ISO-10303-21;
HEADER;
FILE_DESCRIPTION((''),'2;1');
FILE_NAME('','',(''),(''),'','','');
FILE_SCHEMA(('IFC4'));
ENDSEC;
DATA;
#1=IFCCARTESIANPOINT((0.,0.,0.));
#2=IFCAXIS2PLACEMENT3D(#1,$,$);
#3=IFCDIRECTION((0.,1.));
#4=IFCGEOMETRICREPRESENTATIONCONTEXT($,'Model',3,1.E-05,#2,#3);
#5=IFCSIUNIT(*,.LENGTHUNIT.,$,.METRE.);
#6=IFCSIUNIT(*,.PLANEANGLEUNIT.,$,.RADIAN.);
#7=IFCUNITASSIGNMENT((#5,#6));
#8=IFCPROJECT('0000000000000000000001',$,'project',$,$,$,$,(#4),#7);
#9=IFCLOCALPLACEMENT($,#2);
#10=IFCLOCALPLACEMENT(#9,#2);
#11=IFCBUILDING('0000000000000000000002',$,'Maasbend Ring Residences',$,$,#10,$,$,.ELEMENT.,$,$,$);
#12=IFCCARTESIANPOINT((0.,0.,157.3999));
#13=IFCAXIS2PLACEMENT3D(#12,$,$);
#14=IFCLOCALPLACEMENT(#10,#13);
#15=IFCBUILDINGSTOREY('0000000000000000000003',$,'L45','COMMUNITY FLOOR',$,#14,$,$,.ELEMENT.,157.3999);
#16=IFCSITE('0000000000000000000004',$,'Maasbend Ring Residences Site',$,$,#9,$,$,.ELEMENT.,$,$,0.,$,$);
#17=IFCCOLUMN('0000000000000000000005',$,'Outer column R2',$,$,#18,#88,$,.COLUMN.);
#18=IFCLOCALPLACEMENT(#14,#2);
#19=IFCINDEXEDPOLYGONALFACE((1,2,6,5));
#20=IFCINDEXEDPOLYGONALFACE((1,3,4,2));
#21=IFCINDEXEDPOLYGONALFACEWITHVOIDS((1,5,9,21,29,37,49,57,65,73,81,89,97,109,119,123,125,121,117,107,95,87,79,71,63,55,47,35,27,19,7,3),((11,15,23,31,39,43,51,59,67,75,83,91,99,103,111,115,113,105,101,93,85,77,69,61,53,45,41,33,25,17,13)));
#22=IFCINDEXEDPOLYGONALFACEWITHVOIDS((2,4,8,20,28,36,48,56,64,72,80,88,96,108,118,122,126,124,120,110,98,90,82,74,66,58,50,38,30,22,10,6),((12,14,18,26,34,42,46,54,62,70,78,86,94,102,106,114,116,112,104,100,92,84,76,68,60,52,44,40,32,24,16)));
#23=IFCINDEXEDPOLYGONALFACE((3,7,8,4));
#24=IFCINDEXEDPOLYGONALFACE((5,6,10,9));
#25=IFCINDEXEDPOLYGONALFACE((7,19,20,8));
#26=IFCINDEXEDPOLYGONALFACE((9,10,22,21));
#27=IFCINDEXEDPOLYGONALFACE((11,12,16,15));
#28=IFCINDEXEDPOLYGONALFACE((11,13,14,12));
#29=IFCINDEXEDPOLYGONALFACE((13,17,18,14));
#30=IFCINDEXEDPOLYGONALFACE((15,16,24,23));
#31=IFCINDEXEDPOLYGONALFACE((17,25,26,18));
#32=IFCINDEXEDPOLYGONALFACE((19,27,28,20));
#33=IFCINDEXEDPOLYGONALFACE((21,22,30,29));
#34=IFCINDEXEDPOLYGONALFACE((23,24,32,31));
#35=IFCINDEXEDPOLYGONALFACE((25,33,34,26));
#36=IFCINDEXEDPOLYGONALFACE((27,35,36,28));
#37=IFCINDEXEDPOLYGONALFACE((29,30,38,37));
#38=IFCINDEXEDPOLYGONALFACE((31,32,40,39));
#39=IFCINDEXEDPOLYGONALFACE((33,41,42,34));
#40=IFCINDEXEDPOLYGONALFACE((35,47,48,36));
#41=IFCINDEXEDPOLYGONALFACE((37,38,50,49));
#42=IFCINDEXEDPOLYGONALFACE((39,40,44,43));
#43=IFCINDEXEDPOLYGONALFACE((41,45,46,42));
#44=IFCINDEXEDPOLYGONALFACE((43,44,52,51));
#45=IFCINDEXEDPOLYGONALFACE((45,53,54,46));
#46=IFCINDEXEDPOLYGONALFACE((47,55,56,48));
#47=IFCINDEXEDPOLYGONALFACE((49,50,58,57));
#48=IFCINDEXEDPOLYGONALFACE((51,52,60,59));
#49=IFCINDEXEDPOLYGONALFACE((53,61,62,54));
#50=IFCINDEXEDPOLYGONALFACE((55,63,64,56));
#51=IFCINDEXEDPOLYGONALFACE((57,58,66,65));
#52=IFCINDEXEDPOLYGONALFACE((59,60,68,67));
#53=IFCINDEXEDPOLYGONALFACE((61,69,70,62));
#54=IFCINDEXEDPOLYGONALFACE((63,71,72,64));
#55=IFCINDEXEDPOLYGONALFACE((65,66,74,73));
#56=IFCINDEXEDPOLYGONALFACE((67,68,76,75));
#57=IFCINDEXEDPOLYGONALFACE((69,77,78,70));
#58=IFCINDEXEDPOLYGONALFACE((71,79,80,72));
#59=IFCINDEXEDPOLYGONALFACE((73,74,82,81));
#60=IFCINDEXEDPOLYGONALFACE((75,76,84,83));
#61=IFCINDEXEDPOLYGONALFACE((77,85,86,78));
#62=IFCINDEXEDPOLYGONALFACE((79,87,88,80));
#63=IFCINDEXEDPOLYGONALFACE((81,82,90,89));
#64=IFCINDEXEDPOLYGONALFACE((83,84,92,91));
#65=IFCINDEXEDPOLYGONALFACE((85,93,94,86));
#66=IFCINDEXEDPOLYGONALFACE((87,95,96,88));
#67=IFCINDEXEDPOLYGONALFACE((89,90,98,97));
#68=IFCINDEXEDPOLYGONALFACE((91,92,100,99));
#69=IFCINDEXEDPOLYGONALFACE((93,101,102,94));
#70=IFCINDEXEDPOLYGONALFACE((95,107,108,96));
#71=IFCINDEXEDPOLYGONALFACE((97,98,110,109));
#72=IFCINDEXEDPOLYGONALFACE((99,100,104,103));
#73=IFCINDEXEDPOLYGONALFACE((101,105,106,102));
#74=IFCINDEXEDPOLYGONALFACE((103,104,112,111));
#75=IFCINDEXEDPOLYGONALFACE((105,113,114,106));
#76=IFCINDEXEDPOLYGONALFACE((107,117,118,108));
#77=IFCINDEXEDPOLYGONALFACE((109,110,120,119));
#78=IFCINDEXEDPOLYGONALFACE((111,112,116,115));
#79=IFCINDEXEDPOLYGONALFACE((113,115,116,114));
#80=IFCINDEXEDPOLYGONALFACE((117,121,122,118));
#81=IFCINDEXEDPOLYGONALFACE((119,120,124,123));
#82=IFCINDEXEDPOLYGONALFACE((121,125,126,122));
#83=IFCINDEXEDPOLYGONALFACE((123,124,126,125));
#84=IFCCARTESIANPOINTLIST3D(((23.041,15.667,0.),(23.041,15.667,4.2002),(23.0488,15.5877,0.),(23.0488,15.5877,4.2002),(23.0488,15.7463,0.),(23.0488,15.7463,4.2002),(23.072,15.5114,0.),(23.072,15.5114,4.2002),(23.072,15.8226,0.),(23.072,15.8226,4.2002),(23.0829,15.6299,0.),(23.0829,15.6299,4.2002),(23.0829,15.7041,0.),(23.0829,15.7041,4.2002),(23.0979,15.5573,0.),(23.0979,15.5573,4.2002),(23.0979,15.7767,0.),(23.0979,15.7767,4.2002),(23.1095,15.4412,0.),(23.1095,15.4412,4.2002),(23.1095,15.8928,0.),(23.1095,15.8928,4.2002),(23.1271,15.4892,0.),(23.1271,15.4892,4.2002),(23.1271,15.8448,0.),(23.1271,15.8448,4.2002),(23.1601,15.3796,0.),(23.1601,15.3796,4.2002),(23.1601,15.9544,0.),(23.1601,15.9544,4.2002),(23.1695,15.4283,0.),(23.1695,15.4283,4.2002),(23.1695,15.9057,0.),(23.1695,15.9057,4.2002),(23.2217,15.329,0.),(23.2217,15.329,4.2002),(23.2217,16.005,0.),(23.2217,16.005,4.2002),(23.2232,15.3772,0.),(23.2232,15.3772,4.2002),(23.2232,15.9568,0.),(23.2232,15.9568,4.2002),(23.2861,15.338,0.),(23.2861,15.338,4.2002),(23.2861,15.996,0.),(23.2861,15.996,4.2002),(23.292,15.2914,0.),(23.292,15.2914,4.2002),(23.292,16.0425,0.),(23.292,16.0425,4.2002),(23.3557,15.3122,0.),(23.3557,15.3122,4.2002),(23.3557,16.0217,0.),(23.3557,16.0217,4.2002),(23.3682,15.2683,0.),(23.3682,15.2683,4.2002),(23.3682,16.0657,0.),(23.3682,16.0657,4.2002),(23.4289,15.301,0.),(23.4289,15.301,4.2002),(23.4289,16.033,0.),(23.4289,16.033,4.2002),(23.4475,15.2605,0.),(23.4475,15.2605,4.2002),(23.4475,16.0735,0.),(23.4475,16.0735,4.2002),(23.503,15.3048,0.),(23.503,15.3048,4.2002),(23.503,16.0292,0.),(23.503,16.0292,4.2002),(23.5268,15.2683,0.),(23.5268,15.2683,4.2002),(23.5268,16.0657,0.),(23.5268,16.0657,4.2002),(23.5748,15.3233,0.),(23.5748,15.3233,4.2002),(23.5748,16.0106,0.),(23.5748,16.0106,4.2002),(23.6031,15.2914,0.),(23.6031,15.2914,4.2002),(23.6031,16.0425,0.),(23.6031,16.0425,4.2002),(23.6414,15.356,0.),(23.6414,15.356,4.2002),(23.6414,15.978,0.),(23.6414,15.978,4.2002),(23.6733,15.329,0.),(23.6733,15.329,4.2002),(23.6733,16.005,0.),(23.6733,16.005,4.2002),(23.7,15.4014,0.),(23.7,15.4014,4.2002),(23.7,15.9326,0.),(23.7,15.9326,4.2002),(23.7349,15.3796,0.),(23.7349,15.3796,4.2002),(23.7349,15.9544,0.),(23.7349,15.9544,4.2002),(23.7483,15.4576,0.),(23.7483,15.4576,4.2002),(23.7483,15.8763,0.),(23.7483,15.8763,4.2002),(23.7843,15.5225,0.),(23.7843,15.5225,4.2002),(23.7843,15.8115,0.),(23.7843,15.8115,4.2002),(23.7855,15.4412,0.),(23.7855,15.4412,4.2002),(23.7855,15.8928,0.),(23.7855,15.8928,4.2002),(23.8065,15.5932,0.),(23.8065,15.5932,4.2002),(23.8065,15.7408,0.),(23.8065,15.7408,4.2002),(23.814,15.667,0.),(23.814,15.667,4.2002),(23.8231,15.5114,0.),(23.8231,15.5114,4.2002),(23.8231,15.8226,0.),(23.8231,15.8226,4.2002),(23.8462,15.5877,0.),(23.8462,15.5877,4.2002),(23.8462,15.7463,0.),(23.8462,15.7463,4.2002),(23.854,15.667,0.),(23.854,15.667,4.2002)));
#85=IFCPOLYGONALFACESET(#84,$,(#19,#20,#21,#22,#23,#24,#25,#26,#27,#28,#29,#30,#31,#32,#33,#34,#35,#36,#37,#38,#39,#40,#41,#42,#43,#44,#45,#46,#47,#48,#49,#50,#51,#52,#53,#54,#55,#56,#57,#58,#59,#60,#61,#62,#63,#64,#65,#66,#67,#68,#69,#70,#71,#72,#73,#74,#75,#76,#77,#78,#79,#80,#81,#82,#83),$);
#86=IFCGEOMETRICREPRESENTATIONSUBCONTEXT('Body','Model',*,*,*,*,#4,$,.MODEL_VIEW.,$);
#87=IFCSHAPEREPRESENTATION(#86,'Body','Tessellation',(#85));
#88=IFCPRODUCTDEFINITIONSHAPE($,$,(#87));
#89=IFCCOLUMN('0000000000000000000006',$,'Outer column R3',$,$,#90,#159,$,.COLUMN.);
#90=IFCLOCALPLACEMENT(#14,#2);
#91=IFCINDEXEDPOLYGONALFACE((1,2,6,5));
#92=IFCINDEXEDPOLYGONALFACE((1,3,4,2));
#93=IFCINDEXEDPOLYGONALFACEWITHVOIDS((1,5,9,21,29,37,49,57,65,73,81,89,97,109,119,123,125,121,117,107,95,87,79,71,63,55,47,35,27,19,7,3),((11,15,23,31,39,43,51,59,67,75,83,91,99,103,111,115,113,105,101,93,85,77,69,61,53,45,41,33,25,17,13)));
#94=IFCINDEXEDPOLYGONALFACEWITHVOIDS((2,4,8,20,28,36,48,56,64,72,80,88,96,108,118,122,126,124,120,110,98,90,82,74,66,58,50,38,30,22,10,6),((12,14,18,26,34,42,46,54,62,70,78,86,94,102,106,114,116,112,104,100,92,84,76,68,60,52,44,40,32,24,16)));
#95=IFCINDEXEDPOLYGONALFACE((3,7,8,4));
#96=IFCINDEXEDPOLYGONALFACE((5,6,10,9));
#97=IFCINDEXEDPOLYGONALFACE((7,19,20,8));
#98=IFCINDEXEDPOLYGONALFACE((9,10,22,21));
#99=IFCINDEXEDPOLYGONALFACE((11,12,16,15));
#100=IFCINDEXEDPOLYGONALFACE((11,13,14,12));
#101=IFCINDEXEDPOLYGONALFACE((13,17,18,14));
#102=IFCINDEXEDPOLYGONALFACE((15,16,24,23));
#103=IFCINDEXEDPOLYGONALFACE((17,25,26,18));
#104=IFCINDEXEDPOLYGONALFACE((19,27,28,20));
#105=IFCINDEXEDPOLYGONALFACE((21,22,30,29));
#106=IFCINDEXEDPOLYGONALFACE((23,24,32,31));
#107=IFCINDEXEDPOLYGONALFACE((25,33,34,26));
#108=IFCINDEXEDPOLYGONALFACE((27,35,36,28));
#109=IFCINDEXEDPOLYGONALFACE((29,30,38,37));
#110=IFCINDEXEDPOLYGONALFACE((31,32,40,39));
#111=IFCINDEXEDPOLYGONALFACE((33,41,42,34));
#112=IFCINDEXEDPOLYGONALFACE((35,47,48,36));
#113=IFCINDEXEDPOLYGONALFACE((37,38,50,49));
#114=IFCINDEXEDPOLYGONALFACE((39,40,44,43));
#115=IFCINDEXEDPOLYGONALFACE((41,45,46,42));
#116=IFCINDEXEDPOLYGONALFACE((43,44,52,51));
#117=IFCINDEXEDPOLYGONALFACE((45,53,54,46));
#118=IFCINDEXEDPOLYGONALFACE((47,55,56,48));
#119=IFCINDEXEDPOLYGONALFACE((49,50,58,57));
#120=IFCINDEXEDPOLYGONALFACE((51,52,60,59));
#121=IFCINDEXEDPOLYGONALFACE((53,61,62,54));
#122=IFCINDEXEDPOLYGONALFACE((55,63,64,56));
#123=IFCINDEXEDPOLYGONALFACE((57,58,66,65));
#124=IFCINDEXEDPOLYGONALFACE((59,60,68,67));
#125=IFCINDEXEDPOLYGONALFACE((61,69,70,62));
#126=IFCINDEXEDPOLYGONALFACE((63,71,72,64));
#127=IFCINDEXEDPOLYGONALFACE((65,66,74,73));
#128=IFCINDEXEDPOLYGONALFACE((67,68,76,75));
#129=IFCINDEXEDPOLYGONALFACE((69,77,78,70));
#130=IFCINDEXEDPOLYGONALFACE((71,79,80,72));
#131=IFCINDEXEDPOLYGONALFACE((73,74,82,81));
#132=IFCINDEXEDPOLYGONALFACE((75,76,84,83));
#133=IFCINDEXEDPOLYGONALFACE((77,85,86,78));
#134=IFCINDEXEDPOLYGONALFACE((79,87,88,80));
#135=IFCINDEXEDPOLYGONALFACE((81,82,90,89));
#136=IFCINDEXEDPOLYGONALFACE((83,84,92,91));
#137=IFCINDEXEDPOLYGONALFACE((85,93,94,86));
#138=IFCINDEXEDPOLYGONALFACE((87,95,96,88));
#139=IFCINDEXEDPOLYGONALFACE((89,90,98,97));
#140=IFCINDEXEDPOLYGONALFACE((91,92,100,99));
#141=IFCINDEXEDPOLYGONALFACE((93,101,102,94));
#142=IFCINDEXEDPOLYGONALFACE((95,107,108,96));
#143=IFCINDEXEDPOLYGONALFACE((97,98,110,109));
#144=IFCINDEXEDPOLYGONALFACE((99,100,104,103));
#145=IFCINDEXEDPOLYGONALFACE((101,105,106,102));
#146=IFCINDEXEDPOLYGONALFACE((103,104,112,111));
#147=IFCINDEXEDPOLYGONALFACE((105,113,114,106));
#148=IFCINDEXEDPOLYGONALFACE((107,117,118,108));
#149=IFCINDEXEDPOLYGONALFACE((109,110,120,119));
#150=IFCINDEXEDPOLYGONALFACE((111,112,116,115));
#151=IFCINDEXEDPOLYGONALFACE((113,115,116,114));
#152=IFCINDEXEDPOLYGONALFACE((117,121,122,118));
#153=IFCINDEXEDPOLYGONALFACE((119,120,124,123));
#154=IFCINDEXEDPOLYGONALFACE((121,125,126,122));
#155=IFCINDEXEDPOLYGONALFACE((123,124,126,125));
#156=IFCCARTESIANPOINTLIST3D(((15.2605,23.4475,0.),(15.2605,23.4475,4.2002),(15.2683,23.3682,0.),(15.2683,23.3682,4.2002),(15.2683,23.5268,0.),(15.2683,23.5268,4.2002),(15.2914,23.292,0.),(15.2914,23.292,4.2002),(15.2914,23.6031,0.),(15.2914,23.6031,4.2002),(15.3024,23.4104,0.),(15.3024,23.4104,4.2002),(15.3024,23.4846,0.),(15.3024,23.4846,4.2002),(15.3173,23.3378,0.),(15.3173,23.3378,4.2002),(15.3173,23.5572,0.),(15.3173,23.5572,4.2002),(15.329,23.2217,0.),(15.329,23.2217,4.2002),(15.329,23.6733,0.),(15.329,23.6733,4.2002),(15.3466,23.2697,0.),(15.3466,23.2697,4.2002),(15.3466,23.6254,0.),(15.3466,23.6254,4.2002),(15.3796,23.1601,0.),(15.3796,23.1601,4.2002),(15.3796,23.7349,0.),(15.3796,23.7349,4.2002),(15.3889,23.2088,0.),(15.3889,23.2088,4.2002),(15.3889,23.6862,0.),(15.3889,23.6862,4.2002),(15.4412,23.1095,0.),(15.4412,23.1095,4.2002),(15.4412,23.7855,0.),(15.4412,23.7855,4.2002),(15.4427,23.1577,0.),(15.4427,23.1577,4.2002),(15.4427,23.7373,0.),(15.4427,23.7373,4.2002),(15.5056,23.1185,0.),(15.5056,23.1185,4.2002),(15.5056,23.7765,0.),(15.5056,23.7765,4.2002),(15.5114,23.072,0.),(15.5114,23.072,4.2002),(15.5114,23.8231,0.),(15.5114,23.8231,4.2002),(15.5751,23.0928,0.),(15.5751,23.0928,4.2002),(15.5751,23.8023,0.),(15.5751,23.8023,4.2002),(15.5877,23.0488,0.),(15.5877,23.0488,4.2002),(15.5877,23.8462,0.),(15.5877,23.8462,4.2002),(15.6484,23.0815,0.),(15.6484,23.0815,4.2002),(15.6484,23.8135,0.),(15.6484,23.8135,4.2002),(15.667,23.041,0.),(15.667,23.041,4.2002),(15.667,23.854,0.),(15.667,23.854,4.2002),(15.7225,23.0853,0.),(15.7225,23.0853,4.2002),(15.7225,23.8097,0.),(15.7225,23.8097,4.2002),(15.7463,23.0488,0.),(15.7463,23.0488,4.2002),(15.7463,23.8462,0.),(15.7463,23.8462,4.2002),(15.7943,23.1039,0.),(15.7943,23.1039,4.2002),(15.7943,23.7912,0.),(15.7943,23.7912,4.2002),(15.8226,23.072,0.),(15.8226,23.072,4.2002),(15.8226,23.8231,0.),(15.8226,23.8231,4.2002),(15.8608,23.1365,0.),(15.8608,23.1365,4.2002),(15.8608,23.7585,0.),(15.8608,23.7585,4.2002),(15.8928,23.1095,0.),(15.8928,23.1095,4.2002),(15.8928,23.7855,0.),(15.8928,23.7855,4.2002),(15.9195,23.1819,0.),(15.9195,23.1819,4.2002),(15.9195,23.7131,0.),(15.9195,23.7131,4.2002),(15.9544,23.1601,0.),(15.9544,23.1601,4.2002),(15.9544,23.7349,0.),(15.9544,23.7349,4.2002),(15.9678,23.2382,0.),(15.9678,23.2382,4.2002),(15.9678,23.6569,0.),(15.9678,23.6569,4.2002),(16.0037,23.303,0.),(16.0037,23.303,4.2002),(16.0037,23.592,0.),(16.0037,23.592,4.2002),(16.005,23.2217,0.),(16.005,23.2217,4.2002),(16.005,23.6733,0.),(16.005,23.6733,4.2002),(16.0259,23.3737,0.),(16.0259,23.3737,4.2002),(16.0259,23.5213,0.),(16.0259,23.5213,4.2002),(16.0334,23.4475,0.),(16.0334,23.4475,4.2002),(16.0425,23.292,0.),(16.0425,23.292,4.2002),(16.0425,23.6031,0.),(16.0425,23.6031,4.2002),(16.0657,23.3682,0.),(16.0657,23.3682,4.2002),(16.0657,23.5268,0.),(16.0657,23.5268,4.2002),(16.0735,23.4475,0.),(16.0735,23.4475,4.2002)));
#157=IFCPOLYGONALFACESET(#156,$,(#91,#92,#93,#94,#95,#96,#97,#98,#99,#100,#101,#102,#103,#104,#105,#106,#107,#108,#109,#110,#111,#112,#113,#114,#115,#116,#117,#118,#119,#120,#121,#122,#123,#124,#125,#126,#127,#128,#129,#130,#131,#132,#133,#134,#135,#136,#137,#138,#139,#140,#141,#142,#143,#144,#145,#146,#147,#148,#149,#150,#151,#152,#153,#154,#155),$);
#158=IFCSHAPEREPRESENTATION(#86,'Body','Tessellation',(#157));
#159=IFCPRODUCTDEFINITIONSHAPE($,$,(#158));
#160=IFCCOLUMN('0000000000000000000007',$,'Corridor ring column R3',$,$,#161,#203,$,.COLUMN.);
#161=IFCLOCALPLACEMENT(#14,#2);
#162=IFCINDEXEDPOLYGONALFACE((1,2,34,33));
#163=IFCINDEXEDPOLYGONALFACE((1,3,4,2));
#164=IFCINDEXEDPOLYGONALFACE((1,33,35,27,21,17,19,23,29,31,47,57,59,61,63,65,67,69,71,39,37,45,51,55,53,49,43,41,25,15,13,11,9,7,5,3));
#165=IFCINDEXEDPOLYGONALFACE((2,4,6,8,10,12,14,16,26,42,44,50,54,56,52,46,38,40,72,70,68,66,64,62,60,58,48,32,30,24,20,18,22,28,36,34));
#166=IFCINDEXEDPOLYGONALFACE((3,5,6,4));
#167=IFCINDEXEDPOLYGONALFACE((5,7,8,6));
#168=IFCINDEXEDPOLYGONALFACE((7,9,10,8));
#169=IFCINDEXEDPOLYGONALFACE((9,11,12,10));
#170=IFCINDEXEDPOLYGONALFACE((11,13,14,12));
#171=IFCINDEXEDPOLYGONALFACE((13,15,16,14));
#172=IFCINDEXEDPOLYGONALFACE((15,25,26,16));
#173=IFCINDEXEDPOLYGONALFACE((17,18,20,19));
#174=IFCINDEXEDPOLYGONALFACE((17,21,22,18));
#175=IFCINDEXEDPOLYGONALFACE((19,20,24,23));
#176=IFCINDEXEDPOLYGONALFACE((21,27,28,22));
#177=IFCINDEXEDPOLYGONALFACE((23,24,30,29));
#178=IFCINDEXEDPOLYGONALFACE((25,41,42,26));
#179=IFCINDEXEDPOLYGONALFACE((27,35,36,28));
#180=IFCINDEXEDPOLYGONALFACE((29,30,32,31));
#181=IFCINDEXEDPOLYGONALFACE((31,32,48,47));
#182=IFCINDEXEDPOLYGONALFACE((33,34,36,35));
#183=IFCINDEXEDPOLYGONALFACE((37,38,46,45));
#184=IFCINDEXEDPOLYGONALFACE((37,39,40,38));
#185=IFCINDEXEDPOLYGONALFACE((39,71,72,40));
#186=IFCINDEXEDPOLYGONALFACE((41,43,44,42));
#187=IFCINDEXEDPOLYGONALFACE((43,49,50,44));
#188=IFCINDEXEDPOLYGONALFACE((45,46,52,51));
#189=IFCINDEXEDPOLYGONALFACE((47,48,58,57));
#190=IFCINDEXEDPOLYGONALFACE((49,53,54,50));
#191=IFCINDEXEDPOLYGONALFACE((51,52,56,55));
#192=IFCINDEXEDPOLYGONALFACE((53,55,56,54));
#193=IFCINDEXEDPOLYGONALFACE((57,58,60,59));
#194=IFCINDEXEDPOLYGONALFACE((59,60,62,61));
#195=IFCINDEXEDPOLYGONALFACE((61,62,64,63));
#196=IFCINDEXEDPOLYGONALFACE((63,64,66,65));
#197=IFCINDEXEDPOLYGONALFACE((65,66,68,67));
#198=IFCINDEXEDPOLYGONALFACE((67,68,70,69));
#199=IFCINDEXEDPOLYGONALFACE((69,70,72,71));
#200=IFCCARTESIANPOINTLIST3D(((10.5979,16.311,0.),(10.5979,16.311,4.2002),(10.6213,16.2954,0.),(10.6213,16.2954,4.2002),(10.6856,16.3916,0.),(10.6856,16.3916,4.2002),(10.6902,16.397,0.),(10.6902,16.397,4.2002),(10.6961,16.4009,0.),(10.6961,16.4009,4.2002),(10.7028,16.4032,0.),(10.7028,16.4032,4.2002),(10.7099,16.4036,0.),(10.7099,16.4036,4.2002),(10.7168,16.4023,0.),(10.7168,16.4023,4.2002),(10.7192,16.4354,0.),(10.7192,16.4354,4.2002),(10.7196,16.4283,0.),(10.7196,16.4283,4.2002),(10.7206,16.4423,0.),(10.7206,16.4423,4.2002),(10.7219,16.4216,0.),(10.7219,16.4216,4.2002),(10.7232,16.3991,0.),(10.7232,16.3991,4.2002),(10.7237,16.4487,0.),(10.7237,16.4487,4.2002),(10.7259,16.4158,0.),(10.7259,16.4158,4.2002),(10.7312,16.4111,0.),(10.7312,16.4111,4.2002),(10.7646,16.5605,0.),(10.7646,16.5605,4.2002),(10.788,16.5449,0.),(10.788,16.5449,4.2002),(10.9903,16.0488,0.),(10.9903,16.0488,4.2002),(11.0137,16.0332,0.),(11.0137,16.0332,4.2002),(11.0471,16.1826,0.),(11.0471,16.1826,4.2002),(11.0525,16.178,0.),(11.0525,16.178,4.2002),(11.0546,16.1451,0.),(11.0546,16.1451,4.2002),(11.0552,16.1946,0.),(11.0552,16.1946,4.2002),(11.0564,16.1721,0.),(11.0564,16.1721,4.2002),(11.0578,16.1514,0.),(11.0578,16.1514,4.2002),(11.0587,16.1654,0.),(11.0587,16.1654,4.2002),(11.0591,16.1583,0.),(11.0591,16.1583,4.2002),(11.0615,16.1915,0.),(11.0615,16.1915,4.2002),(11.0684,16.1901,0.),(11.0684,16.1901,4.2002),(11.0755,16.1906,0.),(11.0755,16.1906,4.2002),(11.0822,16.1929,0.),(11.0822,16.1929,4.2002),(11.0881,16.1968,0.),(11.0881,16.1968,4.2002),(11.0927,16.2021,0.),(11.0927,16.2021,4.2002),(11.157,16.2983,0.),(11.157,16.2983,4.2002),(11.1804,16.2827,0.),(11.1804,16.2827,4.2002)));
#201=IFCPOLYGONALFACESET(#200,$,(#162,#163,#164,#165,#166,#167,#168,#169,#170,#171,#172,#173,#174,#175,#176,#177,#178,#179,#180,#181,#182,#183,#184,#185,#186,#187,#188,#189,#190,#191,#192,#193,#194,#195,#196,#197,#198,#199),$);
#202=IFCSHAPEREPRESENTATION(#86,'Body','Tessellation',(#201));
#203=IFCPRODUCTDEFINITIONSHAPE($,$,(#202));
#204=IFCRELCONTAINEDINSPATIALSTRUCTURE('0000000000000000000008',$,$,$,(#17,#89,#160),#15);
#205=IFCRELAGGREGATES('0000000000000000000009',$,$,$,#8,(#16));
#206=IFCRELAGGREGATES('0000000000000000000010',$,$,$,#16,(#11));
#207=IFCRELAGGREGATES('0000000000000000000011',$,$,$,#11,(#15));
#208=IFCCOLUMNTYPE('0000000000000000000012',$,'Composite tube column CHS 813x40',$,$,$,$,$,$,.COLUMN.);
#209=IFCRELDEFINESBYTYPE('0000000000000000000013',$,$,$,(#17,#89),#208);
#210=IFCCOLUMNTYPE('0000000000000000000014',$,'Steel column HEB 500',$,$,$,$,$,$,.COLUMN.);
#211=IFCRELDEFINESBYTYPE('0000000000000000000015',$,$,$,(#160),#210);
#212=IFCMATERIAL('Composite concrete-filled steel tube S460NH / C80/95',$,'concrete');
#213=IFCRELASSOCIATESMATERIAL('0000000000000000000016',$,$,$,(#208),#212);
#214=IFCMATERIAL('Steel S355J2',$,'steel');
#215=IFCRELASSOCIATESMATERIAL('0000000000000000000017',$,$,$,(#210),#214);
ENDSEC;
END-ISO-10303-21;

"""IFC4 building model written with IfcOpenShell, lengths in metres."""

from ifc_helpers import new_model, si_unit, direction, frame, origin, origin_2d, place, context, subcontext, project, spatial, hollow_circle, i_section, extrude, material, material_profile, profile_set, type_object, element, save


model = new_model("IFC4")

# Units and contexts
model_context = context("Model", 3, precision=1e-05, world=origin(), true_north=direction((0.0, 1.0)))
body_context = subcontext(model_context, "Body", "Model", "MODEL_VIEW")
ifc_project = project(units=[si_unit("LENGTHUNIT", "METRE"), si_unit("PLANEANGLEUNIT", "RADIAN")], contexts=[model_context])

# Site, building, storey
site_placement = place(None, origin())
site = spatial("IfcSite", under=ifc_project, at=site_placement, Name="Maasbend Ring Residences Site", CompositionType="ELEMENT", RefElevation=0.0)
building_placement = place(site_placement, origin())
building = spatial("IfcBuilding", under=site, at=building_placement, Name="Maasbend Ring Residences", CompositionType="ELEMENT")
storey_placement = place(building_placement, frame((0.0, 0.0, 157.3999)))
storey = spatial("IfcBuildingStorey", under=building, at=storey_placement, Name="L45", Description="COMMUNITY FLOOR", CompositionType="ELEMENT", Elevation=157.3999)

# Columns
ifc_material_1 = material(Name="Composite concrete-filled steel tube S460NH / C80/95", Category="concrete")
ifc_material_profile_1 = material_profile(ifc_material_1, hollow_circle(Radius=0.4065, WallThickness=0.04, at=origin_2d()), Name="Composite tube column CHS 813x40")
ifc_profile_set_1 = profile_set([ifc_material_profile_1], Name="Composite concrete-filled steel tube S460NH / C80/95")
column_type_1 = type_object("IfcColumnType", Name="Composite tube column CHS 813x40", PredefinedType="COLUMN", material=ifc_profile_set_1)
for number, where, z_axis, x_axis, name in (
    (1, (23.4475, 15.667, 0.0), (0.0, 0.0, 1.0), (1.0, 0.0, 0.0), "Outer column R2"),
    (2, (15.667, 23.4475, 0.0), (0.0, 0.0, 1.0), (1.0, 0.0, 0.0), "Outer column R3"),
):
    element("IfcColumn", number, at=place(storey_placement, frame(where, z_axis=z_axis, x_axis=x_axis)), inside=storey, type_object=column_type_1, Name=name, PredefinedType="COLUMN", context=body_context, shape_type="SweptSolid", body=[
        extrude(hollow_circle(Radius=0.4065, WallThickness=0.04, at=origin_2d()), origin(), (0.0, 0.0, 1.0), 4.2002),
    ])
ifc_material_2 = material(Name="Steel S355J2", Category="steel")
ifc_material_profile_2 = material_profile(ifc_material_2, i_section(OverallWidth=0.3, OverallDepth=0.5, WebThickness=0.0144, FlangeThickness=0.0281, FilletRadius=0.0271, at=origin_2d()), Name="HEB 500")
ifc_profile_set_2 = profile_set([ifc_material_profile_2], Name="Steel S355J2")
column_type_2 = type_object("IfcColumnType", Name="Steel column HEB 500", PredefinedType="COLUMN", material=ifc_profile_set_2)
column_placement = place(storey_placement, frame((10.8892, 16.2969, 0.0), z_axis=(0.0, 0.0, 1.0), x_axis=(0.55557, 0.83147, 0.0)))
element("IfcColumn", 3, at=column_placement, inside=storey, type_object=column_type_2, Name="Corridor ring column R3", PredefinedType="COLUMN", context=body_context, shape_type="SweptSolid", body=[
    extrude(i_section(OverallWidth=0.3, OverallDepth=0.5, WebThickness=0.0144, FlangeThickness=0.0281, FilletRadius=0.0271, at=origin_2d()), origin(), (0.0, 0.0, 1.0), 4.2002),
])

save(model, "model.ifc")
